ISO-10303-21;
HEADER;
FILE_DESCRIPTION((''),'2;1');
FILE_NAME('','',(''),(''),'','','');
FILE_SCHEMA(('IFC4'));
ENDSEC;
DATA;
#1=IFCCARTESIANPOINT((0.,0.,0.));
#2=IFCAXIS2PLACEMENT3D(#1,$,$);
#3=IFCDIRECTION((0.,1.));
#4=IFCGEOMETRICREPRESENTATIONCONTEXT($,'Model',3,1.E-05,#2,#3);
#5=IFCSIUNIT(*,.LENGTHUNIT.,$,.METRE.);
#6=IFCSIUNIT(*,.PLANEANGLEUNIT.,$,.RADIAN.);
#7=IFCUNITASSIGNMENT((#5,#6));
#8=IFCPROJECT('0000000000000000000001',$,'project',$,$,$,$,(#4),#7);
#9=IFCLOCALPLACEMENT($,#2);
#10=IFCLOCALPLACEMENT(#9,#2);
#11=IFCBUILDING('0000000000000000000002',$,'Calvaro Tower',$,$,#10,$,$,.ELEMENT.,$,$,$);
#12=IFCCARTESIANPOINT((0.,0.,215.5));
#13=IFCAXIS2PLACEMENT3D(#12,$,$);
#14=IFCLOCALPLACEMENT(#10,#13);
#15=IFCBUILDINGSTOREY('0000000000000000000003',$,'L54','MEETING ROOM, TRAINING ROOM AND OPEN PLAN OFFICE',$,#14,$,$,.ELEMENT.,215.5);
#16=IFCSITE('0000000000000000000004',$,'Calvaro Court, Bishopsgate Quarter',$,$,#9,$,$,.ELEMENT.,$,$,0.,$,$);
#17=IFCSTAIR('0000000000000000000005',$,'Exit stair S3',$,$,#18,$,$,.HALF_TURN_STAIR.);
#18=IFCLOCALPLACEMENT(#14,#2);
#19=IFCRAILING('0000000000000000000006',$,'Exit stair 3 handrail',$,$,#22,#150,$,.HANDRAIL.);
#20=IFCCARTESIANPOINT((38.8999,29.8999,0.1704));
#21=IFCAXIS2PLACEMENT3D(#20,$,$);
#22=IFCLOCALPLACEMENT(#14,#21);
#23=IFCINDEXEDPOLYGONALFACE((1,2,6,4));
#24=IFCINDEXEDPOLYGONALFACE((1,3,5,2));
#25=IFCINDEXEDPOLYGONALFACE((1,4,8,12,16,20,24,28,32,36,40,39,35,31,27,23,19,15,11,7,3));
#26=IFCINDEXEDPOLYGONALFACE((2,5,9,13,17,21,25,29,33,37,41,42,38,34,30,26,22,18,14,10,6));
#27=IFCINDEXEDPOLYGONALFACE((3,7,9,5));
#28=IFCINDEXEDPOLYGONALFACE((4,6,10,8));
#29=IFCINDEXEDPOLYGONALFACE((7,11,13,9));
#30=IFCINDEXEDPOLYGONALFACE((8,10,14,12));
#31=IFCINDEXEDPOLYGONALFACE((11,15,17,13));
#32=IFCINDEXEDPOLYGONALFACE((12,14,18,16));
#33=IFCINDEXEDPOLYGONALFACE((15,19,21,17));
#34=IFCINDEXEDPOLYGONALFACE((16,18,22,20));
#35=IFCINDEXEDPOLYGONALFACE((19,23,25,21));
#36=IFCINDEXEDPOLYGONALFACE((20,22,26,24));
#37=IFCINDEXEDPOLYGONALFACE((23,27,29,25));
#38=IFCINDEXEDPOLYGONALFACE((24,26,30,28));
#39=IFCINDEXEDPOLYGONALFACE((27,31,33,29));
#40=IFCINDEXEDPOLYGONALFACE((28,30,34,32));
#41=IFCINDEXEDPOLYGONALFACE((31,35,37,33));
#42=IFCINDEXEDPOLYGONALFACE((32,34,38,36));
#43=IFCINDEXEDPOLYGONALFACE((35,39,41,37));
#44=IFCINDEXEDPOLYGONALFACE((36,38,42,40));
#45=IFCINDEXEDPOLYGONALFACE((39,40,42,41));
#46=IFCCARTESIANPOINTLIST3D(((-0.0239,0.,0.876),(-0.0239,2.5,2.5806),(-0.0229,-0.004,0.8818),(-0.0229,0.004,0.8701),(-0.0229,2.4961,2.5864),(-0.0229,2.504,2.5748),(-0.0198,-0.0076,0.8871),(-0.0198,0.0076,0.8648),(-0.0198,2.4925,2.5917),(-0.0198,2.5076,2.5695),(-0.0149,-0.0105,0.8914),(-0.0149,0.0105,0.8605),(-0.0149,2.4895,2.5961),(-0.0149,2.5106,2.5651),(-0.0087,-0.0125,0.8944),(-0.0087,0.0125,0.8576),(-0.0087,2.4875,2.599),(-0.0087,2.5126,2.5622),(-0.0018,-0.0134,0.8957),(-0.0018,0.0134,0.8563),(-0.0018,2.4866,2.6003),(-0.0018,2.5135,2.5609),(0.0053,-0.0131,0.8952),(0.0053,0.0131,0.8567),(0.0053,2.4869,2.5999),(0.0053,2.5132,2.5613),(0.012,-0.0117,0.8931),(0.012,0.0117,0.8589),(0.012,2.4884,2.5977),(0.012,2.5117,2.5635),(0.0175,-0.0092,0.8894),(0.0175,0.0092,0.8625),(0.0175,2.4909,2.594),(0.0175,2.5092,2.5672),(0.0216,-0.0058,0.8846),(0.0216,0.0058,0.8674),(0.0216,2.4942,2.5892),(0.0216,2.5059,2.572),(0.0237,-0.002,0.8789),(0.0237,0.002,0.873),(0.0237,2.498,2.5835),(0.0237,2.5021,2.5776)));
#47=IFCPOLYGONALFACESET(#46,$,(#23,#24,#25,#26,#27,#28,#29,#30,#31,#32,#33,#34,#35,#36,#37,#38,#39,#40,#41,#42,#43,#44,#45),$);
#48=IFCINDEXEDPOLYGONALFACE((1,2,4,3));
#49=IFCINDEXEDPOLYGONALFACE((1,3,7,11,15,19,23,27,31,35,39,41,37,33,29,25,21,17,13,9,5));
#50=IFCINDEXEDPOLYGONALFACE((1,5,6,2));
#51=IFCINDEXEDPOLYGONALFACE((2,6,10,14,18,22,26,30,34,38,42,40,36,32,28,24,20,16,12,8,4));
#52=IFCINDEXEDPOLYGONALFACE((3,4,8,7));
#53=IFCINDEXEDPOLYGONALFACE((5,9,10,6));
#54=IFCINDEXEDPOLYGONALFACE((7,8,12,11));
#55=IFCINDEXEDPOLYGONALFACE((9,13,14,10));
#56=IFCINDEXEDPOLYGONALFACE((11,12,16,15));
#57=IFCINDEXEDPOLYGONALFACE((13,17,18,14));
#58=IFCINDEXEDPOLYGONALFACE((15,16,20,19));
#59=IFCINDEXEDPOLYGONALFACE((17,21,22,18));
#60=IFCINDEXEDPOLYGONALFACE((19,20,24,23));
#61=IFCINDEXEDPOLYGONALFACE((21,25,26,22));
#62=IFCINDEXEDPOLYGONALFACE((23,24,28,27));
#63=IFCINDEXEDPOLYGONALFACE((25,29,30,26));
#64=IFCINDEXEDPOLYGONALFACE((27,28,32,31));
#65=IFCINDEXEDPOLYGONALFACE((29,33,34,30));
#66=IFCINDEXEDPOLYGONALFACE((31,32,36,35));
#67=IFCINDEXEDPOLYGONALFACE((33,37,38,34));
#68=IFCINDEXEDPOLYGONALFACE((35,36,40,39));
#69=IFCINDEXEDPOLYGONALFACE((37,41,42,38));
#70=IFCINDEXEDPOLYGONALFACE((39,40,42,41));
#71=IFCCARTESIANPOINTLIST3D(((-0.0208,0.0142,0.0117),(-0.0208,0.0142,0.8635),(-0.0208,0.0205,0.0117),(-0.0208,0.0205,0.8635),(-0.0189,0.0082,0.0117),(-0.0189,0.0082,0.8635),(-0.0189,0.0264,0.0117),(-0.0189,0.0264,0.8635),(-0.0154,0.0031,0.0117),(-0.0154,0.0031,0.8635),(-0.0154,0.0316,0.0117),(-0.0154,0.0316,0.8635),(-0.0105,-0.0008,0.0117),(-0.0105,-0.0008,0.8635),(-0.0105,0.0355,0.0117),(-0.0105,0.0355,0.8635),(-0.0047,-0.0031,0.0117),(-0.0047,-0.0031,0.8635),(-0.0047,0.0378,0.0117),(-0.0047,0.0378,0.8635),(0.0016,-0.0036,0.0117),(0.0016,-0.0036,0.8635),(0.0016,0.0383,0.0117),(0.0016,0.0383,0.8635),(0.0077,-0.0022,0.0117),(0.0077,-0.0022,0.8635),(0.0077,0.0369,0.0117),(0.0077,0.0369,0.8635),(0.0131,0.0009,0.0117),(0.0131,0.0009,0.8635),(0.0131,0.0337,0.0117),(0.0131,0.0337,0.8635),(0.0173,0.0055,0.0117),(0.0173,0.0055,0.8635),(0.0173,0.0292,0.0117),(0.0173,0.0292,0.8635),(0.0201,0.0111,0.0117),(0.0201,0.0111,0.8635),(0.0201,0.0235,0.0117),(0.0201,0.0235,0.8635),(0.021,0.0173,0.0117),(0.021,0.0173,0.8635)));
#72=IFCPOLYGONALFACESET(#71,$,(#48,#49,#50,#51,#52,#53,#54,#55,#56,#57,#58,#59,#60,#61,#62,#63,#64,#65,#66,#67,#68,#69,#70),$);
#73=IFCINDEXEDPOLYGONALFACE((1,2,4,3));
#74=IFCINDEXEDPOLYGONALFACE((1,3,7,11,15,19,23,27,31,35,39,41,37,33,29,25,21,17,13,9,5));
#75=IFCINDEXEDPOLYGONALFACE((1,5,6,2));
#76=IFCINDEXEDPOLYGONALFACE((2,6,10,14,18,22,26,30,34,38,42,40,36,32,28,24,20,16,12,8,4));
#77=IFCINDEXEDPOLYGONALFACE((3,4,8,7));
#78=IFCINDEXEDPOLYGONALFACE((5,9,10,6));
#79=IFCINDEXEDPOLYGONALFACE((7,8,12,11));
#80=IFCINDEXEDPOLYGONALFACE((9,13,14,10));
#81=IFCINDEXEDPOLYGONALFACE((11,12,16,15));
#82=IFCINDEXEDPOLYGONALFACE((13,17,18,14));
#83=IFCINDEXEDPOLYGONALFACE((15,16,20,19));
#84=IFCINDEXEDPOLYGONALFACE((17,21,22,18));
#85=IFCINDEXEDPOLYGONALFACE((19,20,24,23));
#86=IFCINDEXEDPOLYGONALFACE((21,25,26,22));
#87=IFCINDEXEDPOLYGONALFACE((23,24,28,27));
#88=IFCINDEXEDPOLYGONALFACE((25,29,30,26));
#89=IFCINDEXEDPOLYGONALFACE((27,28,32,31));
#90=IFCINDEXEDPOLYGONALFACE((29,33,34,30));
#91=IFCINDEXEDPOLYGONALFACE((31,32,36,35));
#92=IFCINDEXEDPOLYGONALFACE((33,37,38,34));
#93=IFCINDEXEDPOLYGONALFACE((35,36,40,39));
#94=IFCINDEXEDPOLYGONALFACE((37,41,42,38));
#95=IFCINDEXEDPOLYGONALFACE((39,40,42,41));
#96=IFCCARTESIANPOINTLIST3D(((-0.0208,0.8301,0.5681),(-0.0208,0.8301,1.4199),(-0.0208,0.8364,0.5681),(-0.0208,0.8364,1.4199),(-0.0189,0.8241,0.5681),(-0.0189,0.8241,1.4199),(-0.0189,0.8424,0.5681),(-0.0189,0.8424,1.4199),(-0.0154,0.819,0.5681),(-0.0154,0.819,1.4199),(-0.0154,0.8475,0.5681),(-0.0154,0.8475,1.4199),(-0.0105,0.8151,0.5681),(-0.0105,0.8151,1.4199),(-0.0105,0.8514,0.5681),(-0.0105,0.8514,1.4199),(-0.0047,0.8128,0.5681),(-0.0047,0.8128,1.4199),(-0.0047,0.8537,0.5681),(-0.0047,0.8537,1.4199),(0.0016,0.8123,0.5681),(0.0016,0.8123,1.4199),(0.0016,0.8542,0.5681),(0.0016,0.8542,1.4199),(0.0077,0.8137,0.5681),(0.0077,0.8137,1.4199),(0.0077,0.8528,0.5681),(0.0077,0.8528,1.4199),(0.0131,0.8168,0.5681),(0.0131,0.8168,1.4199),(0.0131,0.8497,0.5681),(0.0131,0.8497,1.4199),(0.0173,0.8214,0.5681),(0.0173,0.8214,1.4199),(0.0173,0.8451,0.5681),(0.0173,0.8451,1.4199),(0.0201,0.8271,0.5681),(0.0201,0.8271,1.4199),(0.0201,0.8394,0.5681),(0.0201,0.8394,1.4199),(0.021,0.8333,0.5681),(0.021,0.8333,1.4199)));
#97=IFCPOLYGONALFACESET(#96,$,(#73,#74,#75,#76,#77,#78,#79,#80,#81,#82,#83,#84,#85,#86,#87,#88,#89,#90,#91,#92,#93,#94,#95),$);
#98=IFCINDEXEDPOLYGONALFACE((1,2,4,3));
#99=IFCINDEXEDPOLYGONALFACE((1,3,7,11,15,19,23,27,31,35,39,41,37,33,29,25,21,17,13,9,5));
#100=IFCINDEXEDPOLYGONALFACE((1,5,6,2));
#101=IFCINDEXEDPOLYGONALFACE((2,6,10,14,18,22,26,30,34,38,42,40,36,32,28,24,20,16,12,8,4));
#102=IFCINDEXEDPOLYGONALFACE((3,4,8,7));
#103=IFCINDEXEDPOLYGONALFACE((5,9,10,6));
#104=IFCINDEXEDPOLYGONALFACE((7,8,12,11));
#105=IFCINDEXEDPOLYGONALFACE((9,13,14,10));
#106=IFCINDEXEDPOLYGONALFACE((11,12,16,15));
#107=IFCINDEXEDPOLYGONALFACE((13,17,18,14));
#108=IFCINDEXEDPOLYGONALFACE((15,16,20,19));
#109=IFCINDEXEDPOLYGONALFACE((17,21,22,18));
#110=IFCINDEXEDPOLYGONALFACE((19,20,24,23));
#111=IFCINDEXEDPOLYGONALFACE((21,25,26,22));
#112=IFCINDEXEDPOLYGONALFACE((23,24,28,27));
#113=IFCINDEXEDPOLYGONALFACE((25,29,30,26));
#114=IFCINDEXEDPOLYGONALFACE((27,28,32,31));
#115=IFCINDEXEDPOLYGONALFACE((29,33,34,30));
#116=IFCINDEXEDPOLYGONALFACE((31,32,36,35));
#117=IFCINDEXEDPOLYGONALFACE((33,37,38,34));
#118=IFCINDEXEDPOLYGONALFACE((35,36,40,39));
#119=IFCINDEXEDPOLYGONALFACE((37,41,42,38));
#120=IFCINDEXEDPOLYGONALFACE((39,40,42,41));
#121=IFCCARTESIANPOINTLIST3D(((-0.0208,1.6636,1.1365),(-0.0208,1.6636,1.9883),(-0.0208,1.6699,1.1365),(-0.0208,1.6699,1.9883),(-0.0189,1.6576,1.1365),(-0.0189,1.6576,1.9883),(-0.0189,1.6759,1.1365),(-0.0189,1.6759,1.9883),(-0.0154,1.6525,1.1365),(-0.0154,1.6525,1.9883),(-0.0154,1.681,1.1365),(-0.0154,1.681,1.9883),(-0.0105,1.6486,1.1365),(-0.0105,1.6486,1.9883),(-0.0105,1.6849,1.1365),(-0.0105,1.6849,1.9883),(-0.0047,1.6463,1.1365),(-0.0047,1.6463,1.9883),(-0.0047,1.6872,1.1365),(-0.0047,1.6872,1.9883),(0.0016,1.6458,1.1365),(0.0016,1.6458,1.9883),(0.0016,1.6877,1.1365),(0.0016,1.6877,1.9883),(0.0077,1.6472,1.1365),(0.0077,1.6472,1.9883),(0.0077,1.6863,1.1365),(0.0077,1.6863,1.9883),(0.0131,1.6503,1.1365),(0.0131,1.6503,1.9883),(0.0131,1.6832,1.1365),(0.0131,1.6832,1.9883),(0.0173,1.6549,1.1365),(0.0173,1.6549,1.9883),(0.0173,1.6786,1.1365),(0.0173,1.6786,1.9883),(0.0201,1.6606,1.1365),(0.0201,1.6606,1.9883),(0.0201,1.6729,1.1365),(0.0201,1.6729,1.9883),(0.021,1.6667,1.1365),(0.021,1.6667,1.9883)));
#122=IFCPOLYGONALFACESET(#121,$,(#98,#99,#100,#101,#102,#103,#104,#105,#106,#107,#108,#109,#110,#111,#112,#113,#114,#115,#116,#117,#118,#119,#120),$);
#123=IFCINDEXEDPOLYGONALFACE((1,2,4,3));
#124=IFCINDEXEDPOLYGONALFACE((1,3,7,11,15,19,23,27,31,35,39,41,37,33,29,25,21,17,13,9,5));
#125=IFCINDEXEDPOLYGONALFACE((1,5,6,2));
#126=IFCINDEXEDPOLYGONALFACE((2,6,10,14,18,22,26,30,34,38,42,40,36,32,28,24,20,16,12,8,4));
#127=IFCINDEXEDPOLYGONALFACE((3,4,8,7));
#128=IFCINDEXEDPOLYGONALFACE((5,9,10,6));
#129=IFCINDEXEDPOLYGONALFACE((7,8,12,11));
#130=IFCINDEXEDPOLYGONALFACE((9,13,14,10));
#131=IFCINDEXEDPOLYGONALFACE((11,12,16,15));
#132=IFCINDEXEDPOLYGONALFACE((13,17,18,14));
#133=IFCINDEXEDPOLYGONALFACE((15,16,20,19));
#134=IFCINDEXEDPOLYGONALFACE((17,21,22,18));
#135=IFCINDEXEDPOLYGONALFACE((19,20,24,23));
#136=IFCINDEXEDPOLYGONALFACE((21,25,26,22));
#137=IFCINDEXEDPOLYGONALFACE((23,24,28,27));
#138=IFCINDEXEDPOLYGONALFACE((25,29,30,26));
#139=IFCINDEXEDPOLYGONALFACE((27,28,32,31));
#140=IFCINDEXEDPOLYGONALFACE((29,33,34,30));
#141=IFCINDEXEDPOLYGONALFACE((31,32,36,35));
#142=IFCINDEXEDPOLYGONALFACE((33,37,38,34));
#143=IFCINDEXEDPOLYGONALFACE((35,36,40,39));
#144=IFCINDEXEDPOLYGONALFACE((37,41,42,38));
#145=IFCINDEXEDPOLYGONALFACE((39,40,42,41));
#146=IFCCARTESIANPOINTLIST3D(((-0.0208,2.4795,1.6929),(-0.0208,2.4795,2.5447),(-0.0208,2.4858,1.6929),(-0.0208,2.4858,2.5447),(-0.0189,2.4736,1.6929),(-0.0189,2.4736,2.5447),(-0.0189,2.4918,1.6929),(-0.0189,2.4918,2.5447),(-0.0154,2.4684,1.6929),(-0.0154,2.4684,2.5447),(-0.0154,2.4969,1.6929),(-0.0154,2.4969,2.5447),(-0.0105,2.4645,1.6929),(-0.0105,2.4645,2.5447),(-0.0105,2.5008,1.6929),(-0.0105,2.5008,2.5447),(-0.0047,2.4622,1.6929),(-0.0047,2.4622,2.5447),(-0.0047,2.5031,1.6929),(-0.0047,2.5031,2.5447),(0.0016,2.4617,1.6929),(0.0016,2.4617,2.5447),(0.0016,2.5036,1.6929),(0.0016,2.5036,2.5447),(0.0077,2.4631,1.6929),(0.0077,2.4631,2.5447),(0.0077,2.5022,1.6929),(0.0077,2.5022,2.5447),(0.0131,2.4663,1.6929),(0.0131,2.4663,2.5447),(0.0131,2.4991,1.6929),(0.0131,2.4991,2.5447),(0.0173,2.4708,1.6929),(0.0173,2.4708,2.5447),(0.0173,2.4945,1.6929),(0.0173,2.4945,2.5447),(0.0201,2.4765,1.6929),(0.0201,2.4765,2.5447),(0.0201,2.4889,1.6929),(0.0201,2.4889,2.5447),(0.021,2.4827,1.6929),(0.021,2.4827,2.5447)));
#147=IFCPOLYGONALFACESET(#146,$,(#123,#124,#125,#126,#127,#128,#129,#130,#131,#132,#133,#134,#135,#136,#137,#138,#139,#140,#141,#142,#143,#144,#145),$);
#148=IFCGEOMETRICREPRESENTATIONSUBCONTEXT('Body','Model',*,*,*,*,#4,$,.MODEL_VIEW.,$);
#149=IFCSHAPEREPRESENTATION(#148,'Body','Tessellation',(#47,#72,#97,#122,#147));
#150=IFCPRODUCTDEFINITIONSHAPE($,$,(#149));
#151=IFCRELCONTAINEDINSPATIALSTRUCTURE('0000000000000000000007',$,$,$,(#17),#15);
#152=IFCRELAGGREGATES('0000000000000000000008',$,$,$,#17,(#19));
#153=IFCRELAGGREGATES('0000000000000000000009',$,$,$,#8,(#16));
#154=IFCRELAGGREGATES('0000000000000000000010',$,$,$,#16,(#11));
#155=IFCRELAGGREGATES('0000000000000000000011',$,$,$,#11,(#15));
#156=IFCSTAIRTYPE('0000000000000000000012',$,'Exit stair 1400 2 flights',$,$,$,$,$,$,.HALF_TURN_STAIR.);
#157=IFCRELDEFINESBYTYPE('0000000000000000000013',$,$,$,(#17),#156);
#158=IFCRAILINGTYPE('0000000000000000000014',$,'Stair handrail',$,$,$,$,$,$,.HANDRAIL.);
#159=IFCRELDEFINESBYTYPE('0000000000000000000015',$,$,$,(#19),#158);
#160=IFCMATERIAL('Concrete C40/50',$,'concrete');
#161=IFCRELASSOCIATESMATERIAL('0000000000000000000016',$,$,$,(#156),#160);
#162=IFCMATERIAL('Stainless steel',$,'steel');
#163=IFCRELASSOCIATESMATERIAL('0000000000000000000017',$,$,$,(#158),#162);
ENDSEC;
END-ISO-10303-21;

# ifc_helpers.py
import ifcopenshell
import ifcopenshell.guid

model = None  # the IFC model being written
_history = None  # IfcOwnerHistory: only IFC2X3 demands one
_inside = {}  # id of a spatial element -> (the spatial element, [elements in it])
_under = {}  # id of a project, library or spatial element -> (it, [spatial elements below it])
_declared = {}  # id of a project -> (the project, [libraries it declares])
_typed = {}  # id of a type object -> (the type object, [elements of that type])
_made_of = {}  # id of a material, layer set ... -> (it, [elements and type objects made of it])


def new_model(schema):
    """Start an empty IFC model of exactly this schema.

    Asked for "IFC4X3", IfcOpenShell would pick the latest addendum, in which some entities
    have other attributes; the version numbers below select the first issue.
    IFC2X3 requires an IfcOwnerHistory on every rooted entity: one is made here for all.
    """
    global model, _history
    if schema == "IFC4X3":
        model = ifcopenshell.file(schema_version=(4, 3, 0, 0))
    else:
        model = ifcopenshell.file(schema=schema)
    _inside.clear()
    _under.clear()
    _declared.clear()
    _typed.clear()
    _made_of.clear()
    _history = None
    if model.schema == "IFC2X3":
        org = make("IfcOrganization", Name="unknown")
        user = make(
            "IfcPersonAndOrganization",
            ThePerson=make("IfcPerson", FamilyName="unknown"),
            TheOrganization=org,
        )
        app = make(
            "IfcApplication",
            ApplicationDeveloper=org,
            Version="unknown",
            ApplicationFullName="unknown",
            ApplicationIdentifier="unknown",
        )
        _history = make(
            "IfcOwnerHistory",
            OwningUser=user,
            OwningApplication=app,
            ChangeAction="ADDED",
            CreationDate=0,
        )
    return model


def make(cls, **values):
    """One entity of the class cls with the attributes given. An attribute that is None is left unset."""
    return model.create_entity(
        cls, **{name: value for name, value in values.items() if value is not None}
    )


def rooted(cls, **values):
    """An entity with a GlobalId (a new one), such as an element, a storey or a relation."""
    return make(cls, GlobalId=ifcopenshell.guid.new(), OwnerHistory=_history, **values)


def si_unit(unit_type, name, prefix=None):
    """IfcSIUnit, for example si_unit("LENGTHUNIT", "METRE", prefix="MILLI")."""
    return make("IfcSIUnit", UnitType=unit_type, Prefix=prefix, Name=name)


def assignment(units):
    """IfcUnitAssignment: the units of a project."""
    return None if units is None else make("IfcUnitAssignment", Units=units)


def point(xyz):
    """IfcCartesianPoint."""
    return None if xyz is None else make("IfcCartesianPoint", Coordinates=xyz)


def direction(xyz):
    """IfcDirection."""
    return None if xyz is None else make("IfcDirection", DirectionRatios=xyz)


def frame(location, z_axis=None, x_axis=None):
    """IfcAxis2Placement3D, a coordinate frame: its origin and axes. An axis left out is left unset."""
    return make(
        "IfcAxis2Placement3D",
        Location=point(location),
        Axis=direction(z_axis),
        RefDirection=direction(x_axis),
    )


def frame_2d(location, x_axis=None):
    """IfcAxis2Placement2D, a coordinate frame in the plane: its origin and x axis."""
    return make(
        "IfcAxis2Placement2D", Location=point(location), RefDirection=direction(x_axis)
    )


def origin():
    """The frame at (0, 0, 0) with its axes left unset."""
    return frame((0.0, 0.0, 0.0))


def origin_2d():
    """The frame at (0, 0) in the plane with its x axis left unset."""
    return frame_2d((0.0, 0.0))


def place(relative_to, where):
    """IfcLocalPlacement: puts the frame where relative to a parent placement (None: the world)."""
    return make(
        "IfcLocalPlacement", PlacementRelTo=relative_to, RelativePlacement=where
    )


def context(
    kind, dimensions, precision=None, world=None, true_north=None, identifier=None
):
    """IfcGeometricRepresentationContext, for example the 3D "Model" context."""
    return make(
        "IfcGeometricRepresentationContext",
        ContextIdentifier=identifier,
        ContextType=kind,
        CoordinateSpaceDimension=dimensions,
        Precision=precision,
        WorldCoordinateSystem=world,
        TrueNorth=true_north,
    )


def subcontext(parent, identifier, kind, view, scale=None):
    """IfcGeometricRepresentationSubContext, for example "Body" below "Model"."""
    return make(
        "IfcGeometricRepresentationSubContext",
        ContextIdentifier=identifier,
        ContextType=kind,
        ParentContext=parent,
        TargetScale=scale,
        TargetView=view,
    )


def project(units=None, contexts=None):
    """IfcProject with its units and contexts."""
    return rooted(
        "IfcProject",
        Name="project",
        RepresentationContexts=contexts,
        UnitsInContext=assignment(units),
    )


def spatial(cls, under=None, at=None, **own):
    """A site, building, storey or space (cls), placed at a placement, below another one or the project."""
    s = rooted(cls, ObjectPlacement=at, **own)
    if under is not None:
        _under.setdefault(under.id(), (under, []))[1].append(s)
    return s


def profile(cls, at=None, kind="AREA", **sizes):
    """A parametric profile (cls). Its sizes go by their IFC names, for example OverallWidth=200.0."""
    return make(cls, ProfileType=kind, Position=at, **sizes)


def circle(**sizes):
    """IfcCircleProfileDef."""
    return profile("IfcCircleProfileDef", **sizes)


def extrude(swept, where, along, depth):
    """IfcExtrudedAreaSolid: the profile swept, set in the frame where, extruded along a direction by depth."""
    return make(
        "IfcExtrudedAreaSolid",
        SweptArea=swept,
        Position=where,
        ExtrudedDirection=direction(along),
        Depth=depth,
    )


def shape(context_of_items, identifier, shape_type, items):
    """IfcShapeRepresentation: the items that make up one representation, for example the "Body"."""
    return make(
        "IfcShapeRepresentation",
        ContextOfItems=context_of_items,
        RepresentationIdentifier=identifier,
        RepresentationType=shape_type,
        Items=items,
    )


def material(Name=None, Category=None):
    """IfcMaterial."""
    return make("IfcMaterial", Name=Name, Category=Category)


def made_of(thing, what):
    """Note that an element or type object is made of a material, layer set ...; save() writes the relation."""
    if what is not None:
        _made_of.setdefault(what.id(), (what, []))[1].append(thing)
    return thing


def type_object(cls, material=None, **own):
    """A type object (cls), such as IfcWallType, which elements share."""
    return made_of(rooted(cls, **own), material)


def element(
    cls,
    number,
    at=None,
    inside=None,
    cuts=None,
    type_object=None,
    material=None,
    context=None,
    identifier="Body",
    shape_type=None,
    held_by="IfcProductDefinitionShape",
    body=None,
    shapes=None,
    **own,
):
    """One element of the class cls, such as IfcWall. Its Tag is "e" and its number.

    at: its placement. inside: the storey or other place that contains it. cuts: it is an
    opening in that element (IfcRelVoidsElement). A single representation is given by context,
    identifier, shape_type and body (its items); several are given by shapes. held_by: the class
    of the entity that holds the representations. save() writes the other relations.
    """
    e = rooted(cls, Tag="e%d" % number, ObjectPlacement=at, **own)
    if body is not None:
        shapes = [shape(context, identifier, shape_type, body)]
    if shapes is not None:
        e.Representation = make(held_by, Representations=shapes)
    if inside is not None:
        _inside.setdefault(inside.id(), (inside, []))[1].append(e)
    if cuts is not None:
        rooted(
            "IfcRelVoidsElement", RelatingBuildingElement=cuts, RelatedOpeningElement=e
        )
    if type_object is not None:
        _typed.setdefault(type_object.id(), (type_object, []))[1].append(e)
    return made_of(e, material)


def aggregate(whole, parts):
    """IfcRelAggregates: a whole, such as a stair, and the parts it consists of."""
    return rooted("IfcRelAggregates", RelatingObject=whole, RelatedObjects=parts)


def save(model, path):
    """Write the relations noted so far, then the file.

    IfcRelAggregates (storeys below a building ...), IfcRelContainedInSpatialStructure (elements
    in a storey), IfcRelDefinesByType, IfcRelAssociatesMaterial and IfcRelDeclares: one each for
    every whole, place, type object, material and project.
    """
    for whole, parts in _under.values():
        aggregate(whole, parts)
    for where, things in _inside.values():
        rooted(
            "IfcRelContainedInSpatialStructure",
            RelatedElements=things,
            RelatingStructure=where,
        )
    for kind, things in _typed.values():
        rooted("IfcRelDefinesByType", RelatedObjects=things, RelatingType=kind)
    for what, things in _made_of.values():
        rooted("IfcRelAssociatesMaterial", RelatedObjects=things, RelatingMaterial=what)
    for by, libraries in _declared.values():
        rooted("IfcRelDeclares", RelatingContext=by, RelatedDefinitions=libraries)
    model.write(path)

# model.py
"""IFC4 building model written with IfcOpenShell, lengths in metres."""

from ifc_helpers import new_model, si_unit, direction, frame, origin, origin_2d, place, context, subcontext, project, spatial, circle, extrude, material, type_object, element, aggregate, save


model = new_model("IFC4")

# Units and contexts
model_context = context("Model", 3, precision=1e-05, world=origin(), true_north=direction((0.0, 1.0)))
body_context = subcontext(model_context, "Body", "Model", "MODEL_VIEW")
ifc_project = project(units=[si_unit("LENGTHUNIT", "METRE"), si_unit("PLANEANGLEUNIT", "RADIAN")], contexts=[model_context])

# Site, building, storey
site_placement = place(None, origin())
site = spatial("IfcSite", under=ifc_project, at=site_placement, Name="Calvaro Court, Bishopsgate Quarter", CompositionType="ELEMENT", RefElevation=0.0)
building_placement = place(site_placement, origin())
building = spatial("IfcBuilding", under=site, at=building_placement, Name="Calvaro Tower", CompositionType="ELEMENT")
storey_placement = place(building_placement, frame((0.0, 0.0, 215.5)))
storey = spatial("IfcBuildingStorey", under=building, at=storey_placement, Name="L54", Description="MEETING ROOM, TRAINING ROOM AND OPEN PLAN OFFICE", CompositionType="ELEMENT", Elevation=215.5)

# Stair, railing
ifc_material_1 = material(Name="Concrete C40/50", Category="concrete")
stair_type = type_object("IfcStairType", Name="Exit stair 1400 2 flights", PredefinedType="HALF_TURN_STAIR", material=ifc_material_1)
stair_1_placement = place(storey_placement, origin())
stair_1 = element("IfcStair", 1, at=stair_1_placement, inside=storey, type_object=stair_type, Name="Exit stair S3", PredefinedType="HALF_TURN_STAIR")
ifc_material_2 = material(Name="Stainless steel", Category="steel")
railing_type = type_object("IfcRailingType", Name="Stair handrail", PredefinedType="HANDRAIL", material=ifc_material_2)
railing_1_placement = place(storey_placement, frame((38.8999, 29.8999, 0.1704)))
railing_1 = element("IfcRailing", 2, at=railing_1_placement, type_object=railing_type, Name="Exit stair 3 handrail", PredefinedType="HANDRAIL", context=body_context, shape_type="SweptSolid", body=[
    extrude(circle(Radius=0.0239, at=origin_2d()), frame((0.0, 0.0, 0.876), z_axis=(0.0, 0.826221, 0.563347), x_axis=(-1.0, 0.0, 0.0)), (0.0, 0.0, 1.0), 3.0259),
    extrude(circle(Radius=0.021, at=origin_2d()), frame((0.0, 0.0173, 0.0117)), (0.0, 0.0, 1.0), 0.8518),
    extrude(circle(Radius=0.021, at=origin_2d()), frame((0.0, 0.8333, 0.5681)), (0.0, 0.0, 1.0), 0.8518),
    extrude(circle(Radius=0.021, at=origin_2d()), frame((0.0, 1.6667, 1.1365)), (0.0, 0.0, 1.0), 0.8518),
    extrude(circle(Radius=0.021, at=origin_2d()), frame((0.0, 2.4827, 1.6929)), (0.0, 0.0, 1.0), 0.8518),
])
aggregate(stair_1, [railing_1])

save(model, "model.ifc")
